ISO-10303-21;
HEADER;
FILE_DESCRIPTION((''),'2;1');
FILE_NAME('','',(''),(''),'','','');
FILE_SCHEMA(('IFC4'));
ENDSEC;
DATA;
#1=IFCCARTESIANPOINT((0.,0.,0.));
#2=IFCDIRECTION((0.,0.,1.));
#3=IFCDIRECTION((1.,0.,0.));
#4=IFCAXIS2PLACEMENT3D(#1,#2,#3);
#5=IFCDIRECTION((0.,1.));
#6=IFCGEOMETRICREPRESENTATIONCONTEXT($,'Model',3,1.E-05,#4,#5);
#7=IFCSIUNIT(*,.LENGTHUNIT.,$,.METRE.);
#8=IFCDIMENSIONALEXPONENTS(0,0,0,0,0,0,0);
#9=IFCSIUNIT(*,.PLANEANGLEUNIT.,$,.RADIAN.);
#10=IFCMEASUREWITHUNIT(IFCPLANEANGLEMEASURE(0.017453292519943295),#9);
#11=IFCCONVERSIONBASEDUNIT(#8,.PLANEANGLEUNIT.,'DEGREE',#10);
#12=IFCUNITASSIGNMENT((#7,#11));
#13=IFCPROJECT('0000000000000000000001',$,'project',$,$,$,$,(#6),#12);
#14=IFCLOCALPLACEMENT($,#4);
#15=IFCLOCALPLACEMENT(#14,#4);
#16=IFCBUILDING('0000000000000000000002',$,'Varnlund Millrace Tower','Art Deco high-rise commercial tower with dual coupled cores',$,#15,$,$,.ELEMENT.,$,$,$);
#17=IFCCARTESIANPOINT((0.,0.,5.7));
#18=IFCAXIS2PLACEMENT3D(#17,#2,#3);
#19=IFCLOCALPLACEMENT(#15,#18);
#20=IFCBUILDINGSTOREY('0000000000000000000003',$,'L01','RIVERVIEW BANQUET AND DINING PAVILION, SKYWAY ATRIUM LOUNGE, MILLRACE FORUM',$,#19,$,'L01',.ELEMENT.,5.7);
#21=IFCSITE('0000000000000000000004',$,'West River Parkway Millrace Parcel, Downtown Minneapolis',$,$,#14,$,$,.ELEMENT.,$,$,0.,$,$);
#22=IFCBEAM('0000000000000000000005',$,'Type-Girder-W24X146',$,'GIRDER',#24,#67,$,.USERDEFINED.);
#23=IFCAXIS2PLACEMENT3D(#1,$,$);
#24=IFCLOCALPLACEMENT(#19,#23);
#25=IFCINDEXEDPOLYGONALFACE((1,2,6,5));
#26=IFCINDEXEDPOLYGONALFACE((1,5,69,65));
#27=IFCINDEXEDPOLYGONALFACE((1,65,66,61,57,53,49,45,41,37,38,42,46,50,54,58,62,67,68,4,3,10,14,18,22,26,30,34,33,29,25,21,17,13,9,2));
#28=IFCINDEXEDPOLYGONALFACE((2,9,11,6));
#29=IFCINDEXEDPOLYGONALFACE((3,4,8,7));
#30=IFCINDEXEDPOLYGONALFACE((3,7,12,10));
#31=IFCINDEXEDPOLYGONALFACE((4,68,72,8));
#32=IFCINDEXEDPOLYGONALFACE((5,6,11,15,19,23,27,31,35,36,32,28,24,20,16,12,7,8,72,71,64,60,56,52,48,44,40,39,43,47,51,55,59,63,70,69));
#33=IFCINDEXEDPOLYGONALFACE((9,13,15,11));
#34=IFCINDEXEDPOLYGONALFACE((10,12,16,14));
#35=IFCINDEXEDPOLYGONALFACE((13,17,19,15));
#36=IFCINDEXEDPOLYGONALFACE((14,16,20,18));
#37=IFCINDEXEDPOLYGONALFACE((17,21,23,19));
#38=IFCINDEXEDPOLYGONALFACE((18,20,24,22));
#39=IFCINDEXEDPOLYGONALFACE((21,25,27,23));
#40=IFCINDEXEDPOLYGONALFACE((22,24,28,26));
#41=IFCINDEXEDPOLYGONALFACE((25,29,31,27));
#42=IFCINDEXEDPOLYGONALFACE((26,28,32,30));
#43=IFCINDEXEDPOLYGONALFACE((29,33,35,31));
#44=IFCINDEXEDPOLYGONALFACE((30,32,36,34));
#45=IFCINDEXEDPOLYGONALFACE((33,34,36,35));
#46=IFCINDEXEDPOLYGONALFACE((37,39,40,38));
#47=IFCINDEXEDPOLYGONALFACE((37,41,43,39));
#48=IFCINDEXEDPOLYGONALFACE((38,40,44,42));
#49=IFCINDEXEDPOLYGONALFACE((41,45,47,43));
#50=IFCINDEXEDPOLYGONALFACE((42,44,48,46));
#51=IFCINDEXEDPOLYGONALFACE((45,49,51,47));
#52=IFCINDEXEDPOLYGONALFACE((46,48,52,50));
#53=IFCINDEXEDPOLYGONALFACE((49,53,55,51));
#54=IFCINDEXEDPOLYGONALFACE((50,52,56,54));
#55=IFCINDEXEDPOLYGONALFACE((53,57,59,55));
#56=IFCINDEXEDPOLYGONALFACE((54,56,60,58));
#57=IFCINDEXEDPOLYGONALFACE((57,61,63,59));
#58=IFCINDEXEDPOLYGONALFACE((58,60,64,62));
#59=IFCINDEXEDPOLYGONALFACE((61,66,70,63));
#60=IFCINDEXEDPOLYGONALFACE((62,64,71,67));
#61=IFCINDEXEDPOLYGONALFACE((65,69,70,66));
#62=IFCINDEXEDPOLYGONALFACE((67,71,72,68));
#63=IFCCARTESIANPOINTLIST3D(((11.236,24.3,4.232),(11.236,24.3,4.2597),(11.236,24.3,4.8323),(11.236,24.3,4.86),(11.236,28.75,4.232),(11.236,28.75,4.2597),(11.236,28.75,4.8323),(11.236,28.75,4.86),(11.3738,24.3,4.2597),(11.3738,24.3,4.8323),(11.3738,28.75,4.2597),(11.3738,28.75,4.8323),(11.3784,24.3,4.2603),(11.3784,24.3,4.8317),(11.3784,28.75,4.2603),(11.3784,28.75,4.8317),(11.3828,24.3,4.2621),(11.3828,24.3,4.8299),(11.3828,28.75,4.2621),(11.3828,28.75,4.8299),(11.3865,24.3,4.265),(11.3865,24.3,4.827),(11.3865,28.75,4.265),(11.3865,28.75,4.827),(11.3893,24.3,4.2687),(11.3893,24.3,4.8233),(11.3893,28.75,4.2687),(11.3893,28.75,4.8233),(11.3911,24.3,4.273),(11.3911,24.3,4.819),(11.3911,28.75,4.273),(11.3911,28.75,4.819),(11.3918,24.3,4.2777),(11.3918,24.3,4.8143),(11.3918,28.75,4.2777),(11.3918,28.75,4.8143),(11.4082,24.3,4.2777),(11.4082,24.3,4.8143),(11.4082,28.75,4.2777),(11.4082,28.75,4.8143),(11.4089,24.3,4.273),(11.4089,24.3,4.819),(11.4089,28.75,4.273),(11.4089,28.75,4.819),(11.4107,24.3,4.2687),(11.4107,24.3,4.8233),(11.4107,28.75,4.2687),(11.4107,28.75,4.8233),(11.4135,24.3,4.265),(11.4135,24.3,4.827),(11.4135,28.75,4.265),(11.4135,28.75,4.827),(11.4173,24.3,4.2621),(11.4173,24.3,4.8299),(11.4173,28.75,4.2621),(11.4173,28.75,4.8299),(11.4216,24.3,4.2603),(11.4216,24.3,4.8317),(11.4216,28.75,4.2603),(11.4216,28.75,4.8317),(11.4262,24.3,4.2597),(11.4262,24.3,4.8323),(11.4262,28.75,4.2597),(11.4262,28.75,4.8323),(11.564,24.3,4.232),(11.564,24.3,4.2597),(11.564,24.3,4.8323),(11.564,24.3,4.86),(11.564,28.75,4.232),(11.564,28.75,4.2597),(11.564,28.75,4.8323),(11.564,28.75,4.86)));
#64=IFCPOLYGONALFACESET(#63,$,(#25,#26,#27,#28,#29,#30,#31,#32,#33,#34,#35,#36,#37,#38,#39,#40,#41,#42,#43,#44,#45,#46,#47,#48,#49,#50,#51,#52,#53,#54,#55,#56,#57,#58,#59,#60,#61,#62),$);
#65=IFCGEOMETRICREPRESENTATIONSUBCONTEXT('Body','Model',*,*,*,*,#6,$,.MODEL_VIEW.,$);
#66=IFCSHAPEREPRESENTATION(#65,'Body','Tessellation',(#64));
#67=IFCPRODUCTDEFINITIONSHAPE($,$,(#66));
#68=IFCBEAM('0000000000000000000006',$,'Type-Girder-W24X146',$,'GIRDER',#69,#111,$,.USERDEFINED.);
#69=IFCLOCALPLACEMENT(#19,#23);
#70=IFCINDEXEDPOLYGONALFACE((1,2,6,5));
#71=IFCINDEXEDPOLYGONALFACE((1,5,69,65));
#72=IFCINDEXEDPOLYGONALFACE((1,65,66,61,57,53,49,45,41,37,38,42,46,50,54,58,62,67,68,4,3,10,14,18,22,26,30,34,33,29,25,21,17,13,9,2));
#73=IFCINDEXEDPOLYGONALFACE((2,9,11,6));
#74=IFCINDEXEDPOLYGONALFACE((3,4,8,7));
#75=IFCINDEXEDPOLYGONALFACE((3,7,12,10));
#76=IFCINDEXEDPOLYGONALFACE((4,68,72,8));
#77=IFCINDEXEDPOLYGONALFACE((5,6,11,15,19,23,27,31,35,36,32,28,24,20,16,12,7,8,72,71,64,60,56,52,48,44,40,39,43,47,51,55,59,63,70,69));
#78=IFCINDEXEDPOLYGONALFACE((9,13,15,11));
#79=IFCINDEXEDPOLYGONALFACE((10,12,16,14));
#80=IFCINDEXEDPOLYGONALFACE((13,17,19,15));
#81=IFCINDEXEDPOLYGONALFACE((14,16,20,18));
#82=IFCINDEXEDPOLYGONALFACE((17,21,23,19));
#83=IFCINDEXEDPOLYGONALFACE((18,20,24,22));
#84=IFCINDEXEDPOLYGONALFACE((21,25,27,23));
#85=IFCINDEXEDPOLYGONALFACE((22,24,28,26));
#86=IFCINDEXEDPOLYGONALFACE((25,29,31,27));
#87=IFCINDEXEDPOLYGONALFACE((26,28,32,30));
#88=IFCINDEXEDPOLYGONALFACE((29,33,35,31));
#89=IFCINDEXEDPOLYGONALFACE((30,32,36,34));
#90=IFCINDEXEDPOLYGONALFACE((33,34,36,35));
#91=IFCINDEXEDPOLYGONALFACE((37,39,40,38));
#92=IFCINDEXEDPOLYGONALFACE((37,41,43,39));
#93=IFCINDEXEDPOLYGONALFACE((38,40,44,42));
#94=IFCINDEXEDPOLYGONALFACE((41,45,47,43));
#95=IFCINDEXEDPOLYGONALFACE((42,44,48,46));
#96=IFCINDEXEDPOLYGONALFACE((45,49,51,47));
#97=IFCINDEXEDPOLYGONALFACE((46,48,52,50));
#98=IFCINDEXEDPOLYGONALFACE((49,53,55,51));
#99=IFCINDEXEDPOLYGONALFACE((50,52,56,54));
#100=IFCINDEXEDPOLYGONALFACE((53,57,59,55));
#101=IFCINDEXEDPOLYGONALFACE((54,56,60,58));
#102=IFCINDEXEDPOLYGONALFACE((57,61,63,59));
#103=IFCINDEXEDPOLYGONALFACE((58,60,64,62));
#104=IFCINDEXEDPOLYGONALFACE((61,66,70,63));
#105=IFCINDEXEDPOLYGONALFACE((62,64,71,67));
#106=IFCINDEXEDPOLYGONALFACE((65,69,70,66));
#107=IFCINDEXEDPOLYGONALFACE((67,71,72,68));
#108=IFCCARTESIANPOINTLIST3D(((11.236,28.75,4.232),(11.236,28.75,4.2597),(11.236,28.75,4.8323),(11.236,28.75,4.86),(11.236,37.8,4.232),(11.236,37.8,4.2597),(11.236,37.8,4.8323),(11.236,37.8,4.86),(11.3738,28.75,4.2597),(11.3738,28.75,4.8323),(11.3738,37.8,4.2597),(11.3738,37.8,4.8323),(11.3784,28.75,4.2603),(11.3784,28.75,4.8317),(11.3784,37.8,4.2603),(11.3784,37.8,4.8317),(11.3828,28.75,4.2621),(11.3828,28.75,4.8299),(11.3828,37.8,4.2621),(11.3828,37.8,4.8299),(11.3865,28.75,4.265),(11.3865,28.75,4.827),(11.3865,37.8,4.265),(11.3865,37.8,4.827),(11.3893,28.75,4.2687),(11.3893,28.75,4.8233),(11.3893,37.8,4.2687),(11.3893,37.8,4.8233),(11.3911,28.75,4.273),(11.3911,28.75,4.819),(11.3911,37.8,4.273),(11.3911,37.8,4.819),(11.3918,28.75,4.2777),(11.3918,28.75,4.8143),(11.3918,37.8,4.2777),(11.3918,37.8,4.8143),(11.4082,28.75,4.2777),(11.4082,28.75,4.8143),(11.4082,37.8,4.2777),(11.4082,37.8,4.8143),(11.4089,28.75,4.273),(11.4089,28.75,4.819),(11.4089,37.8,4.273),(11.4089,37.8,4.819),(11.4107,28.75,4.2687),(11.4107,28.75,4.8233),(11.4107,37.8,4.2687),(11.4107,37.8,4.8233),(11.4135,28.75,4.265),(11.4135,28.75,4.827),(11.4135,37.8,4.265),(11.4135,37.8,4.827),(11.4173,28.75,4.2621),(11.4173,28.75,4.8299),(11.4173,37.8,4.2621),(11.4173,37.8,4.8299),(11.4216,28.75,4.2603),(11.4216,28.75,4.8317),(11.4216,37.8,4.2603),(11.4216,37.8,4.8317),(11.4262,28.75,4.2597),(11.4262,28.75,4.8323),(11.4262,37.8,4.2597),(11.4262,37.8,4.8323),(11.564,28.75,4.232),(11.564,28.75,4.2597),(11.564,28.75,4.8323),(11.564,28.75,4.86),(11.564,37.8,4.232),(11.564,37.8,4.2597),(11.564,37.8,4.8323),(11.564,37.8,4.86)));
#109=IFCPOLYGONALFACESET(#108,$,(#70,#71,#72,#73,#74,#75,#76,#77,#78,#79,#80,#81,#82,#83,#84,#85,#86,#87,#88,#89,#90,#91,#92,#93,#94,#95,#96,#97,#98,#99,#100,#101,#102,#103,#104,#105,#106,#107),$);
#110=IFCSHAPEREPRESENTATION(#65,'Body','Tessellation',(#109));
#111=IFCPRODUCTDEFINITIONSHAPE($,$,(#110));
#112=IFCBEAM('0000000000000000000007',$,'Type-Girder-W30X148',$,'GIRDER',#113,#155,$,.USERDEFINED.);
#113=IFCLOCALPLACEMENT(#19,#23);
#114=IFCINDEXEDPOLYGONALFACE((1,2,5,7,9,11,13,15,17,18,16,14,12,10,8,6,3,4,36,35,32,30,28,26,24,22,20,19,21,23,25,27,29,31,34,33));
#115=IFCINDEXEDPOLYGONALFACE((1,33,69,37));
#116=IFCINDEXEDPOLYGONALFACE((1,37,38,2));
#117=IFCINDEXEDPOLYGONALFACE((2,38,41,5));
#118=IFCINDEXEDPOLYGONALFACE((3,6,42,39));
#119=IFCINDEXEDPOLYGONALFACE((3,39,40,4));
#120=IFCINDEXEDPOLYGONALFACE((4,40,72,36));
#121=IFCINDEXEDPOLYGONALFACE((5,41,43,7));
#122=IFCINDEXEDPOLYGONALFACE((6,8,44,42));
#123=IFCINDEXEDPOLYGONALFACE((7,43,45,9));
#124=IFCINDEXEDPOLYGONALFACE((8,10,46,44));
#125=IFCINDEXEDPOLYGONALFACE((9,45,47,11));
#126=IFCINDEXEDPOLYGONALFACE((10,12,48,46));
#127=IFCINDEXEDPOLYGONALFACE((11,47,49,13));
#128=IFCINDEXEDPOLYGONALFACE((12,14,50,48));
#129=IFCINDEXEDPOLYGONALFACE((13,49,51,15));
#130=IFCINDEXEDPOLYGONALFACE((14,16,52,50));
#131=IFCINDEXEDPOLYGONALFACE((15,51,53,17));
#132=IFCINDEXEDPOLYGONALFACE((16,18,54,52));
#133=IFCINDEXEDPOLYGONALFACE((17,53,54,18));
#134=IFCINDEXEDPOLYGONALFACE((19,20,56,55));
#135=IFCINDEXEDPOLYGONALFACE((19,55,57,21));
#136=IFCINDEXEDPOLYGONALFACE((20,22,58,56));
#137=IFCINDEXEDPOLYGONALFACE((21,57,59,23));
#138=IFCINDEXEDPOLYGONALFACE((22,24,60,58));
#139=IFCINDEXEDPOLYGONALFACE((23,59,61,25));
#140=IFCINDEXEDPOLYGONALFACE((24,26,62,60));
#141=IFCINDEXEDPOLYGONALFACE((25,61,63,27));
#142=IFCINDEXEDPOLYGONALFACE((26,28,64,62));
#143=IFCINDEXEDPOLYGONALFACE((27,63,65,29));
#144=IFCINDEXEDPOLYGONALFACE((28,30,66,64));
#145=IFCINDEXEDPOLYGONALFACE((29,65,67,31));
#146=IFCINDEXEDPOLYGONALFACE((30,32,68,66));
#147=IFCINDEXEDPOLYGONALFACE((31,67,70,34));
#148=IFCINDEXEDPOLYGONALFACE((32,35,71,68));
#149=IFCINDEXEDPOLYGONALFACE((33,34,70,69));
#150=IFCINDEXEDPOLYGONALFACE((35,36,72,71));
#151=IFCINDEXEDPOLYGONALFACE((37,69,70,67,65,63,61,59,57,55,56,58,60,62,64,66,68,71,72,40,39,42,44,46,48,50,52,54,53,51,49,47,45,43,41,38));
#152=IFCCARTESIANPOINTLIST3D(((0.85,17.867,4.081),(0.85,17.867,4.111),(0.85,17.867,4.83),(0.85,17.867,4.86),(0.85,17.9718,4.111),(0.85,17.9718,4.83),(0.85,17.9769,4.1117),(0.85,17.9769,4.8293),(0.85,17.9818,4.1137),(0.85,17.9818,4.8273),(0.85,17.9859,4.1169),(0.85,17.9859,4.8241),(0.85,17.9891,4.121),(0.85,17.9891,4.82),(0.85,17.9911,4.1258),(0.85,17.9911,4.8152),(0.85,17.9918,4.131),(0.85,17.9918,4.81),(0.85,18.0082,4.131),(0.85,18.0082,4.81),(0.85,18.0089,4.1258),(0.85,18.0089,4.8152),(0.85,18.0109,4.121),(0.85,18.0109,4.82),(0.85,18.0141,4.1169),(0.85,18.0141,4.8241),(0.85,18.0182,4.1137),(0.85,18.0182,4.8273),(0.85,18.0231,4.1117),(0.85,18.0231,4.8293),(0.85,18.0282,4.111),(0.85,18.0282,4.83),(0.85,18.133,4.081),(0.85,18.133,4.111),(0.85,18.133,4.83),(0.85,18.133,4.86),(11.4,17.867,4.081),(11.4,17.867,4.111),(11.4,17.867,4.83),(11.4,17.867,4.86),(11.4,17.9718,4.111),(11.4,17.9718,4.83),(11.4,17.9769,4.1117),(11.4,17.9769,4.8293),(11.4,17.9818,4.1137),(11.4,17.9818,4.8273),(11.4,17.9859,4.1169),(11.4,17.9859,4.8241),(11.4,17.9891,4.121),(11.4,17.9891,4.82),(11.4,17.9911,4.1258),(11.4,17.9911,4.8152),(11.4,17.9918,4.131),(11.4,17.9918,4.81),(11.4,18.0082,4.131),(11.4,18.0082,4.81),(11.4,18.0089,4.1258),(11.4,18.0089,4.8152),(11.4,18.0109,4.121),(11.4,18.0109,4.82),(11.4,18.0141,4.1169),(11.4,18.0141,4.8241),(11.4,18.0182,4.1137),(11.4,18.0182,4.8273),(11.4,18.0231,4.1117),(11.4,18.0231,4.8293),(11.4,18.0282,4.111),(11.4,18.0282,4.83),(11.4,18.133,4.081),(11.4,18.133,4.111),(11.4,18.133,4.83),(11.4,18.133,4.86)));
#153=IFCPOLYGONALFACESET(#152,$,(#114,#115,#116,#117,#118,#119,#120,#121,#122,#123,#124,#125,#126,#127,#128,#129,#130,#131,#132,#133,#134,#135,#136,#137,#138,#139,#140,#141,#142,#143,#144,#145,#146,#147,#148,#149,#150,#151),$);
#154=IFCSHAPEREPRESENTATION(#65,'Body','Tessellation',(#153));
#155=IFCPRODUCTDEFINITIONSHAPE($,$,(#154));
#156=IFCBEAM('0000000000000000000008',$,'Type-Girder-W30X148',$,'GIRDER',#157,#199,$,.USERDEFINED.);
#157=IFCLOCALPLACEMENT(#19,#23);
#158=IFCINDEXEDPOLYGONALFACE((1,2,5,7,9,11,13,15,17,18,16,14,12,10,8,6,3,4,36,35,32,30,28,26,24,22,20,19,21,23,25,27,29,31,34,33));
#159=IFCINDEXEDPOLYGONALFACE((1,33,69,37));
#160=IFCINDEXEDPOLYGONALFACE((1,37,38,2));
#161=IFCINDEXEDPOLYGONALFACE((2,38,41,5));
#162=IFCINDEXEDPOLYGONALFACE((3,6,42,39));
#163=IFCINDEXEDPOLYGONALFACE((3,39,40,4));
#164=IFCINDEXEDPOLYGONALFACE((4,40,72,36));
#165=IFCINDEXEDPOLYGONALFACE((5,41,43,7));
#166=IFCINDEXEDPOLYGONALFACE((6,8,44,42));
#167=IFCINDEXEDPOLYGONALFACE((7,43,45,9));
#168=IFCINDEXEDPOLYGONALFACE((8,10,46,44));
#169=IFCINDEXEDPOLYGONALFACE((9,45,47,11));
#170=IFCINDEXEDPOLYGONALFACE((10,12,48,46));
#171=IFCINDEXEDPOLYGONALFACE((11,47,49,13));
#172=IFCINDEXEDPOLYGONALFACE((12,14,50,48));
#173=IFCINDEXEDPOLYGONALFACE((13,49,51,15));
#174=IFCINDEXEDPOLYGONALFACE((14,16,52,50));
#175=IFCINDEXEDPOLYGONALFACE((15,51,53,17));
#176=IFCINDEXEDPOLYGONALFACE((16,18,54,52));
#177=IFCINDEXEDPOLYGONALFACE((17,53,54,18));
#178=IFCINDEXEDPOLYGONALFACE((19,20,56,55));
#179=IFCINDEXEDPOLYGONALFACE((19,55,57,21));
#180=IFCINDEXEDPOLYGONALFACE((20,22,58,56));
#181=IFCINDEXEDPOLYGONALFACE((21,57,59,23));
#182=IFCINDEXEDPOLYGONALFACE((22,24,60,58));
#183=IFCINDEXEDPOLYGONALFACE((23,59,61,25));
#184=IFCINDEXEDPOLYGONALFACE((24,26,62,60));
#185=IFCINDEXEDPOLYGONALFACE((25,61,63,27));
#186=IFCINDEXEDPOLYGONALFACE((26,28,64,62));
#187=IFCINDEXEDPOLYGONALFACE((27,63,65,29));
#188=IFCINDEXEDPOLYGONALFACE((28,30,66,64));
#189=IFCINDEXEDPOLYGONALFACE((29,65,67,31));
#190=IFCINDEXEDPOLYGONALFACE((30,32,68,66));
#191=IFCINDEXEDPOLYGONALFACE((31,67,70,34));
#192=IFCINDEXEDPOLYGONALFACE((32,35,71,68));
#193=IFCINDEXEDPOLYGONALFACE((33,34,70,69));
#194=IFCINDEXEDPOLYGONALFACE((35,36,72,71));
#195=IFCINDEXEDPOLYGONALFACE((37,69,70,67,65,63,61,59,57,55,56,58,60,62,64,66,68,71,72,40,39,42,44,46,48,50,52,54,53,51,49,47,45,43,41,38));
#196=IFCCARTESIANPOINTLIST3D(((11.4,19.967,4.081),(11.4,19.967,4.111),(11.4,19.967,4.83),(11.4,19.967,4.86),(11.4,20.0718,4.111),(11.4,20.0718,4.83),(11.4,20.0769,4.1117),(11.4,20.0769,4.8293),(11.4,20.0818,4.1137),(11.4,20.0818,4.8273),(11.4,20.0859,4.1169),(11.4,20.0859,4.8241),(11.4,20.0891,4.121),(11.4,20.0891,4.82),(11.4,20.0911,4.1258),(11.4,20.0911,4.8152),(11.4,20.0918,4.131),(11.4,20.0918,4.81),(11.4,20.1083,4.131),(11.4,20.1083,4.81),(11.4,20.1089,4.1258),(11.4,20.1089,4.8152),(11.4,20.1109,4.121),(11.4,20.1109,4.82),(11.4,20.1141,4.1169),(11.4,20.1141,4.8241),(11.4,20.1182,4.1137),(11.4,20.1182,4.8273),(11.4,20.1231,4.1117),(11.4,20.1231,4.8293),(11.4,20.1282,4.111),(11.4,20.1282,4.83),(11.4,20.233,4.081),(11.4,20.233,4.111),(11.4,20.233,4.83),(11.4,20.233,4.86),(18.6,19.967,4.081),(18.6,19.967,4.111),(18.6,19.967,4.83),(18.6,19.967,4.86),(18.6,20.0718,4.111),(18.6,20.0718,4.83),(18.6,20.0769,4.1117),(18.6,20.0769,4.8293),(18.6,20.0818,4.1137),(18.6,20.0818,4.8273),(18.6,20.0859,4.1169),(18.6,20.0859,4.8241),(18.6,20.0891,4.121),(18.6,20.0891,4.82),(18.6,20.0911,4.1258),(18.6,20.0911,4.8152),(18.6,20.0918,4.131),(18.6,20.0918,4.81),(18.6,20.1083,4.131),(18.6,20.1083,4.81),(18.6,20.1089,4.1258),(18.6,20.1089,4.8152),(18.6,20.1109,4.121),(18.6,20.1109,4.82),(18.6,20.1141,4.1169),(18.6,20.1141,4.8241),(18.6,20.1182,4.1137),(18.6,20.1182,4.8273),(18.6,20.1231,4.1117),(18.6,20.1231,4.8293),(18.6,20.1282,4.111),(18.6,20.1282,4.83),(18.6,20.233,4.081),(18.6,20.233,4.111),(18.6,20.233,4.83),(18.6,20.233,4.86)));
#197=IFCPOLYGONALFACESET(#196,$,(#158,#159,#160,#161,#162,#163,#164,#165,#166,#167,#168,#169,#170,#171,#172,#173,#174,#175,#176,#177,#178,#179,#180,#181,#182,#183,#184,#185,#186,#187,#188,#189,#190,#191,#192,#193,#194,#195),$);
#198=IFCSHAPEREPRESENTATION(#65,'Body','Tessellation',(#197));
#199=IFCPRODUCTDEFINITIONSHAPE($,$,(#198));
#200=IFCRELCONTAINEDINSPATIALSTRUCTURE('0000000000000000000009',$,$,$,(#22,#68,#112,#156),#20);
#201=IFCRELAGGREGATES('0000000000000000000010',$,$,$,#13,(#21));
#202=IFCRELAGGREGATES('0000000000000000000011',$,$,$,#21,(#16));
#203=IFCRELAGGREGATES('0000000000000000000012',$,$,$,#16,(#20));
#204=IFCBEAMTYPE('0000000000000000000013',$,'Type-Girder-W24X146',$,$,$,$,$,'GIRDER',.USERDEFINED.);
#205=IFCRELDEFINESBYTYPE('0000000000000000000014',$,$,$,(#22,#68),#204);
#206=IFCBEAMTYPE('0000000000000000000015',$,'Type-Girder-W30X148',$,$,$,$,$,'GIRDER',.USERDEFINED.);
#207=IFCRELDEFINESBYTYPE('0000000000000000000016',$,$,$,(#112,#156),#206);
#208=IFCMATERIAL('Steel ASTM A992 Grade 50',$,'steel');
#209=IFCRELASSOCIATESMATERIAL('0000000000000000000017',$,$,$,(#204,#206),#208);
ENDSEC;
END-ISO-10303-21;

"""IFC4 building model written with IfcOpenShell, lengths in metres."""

from ifc_helpers import new_model, entity, si_unit, converted_unit, direction, frame, origin_with_axes, origin_2d_with_axis, place, context, subcontext, project, spatial, i_section, extrude, material, material_profile, profile_set, type_object, element, save


model = new_model("IFC4")

# Units and contexts
model_context = context("Model", 3, precision=1e-05, world=origin_with_axes(), true_north=direction((0.0, 1.0)))
body_context = subcontext(model_context, "Body", "Model", "MODEL_VIEW")
ifc_project = project(units=[si_unit("LENGTHUNIT", "METRE"), converted_unit("PLANEANGLEUNIT", "DEGREE", entity("IfcPlaneAngleMeasure", 0.017453292519943295), si_unit("PLANEANGLEUNIT", "RADIAN"), dimensions=[0, 0, 0, 0, 0, 0, 0])], contexts=[model_context])

# Site, building, storey
site_placement = place(None, origin_with_axes())
site = spatial("IfcSite", under=ifc_project, at=site_placement, Name="West River Parkway Millrace Parcel, Downtown Minneapolis", CompositionType="ELEMENT", RefElevation=0.0)
building_placement = place(site_placement, origin_with_axes())
building = spatial("IfcBuilding", under=site, at=building_placement, Name="Varnlund Millrace Tower", Description="Art Deco high-rise commercial tower with dual coupled cores", CompositionType="ELEMENT")
storey_placement = place(building_placement, frame((0.0, 0.0, 5.7), z_axis=(0.0, 0.0, 1.0), x_axis=(1.0, 0.0, 0.0)))
storey = spatial("IfcBuildingStorey", under=building, at=storey_placement, Name="L01", Description="RIVERVIEW BANQUET AND DINING PAVILION, SKYWAY ATRIUM LOUNGE, MILLRACE FORUM", LongName="L01", CompositionType="ELEMENT", Elevation=5.7)

# Beams
ifc_material_1 = material(Name="Steel ASTM A992 Grade 50", Category="steel")
ifc_material_profile_1 = material_profile(ifc_material_1, i_section(OverallWidth=0.328, OverallDepth=0.628, WebThickness=0.0165, FlangeThickness=0.0277, FilletRadius=0.018, at=origin_2d_with_axis()), Name="Steel ASTM A992 Grade 50")
ifc_profile_set_1 = profile_set([ifc_material_profile_1], Name="Steel ASTM A992 Grade 50")
beam_type_1 = type_object("IfcBeamType", Name="Type-Girder-W24X146", ElementType="GIRDER", PredefinedType="USERDEFINED", material=ifc_profile_set_1)
beam_1_placement = place(storey_placement, frame((11.4, 24.3, 4.546), z_axis=(0.0, 1.0, 0.0), x_axis=(-1.0, 0.0, 0.0)))
element("IfcBeam", 1, at=beam_1_placement, inside=storey, type_object=beam_type_1, Name="Type-Girder-W24X146", ObjectType="GIRDER", PredefinedType="USERDEFINED", context=body_context, shape_type="SweptSolid", body=[
    extrude(i_section(OverallWidth=0.328, OverallDepth=0.628, WebThickness=0.0165, FlangeThickness=0.0277, FilletRadius=0.018, at=origin_2d_with_axis()), origin_with_axes(), (0.0, 0.0, 1.0), 4.45),
])
beam_2_placement = place(storey_placement, frame((11.4, 28.75, 4.546), z_axis=(0.0, 1.0, 0.0), x_axis=(-1.0, 0.0, 0.0)))
element("IfcBeam", 2, at=beam_2_placement, inside=storey, type_object=beam_type_1, Name="Type-Girder-W24X146", ObjectType="GIRDER", PredefinedType="USERDEFINED", context=body_context, shape_type="SweptSolid", body=[
    extrude(i_section(OverallWidth=0.328, OverallDepth=0.628, WebThickness=0.0165, FlangeThickness=0.0277, FilletRadius=0.018, at=origin_2d_with_axis()), origin_with_axes(), (0.0, 0.0, 1.0), 9.05),
])
ifc_material_profile_2 = material_profile(ifc_material_1, i_section(OverallWidth=0.266, OverallDepth=0.779, WebThickness=0.0165, FlangeThickness=0.03, FilletRadius=0.02, at=origin_2d_with_axis()), Name="Steel ASTM A992 Grade 50")
ifc_profile_set_2 = profile_set([ifc_material_profile_2], Name="Steel ASTM A992 Grade 50")
beam_type_2 = type_object("IfcBeamType", Name="Type-Girder-W30X148", ElementType="GIRDER", PredefinedType="USERDEFINED", material=ifc_profile_set_2)
beam_3_placement = place(storey_placement, frame((0.85, 18.0, 4.4705), z_axis=(1.0, 0.0, 0.0), x_axis=(0.0, 1.0, 0.0)))
element("IfcBeam", 3, at=beam_3_placement, inside=storey, type_object=beam_type_2, Name="Type-Girder-W30X148", ObjectType="GIRDER", PredefinedType="USERDEFINED", context=body_context, shape_type="SweptSolid", body=[
    extrude(i_section(OverallWidth=0.266, OverallDepth=0.779, WebThickness=0.0165, FlangeThickness=0.03, FilletRadius=0.02, at=origin_2d_with_axis()), origin_with_axes(), (0.0, 0.0, 1.0), 10.55),
])
beam_4_placement = place(storey_placement, frame((11.4, 20.1, 4.4705), z_axis=(1.0, 0.0, 0.0), x_axis=(0.0, 1.0, 0.0)))
element("IfcBeam", 4, at=beam_4_placement, inside=storey, type_object=beam_type_2, Name="Type-Girder-W30X148", ObjectType="GIRDER", PredefinedType="USERDEFINED", context=body_context, shape_type="SweptSolid", body=[
    extrude(i_section(OverallWidth=0.266, OverallDepth=0.779, WebThickness=0.0165, FlangeThickness=0.03, FilletRadius=0.02, at=origin_2d_with_axis()), origin_with_axes(), (0.0, 0.0, 1.0), 7.2),
])

save(model, "model.ifc")
